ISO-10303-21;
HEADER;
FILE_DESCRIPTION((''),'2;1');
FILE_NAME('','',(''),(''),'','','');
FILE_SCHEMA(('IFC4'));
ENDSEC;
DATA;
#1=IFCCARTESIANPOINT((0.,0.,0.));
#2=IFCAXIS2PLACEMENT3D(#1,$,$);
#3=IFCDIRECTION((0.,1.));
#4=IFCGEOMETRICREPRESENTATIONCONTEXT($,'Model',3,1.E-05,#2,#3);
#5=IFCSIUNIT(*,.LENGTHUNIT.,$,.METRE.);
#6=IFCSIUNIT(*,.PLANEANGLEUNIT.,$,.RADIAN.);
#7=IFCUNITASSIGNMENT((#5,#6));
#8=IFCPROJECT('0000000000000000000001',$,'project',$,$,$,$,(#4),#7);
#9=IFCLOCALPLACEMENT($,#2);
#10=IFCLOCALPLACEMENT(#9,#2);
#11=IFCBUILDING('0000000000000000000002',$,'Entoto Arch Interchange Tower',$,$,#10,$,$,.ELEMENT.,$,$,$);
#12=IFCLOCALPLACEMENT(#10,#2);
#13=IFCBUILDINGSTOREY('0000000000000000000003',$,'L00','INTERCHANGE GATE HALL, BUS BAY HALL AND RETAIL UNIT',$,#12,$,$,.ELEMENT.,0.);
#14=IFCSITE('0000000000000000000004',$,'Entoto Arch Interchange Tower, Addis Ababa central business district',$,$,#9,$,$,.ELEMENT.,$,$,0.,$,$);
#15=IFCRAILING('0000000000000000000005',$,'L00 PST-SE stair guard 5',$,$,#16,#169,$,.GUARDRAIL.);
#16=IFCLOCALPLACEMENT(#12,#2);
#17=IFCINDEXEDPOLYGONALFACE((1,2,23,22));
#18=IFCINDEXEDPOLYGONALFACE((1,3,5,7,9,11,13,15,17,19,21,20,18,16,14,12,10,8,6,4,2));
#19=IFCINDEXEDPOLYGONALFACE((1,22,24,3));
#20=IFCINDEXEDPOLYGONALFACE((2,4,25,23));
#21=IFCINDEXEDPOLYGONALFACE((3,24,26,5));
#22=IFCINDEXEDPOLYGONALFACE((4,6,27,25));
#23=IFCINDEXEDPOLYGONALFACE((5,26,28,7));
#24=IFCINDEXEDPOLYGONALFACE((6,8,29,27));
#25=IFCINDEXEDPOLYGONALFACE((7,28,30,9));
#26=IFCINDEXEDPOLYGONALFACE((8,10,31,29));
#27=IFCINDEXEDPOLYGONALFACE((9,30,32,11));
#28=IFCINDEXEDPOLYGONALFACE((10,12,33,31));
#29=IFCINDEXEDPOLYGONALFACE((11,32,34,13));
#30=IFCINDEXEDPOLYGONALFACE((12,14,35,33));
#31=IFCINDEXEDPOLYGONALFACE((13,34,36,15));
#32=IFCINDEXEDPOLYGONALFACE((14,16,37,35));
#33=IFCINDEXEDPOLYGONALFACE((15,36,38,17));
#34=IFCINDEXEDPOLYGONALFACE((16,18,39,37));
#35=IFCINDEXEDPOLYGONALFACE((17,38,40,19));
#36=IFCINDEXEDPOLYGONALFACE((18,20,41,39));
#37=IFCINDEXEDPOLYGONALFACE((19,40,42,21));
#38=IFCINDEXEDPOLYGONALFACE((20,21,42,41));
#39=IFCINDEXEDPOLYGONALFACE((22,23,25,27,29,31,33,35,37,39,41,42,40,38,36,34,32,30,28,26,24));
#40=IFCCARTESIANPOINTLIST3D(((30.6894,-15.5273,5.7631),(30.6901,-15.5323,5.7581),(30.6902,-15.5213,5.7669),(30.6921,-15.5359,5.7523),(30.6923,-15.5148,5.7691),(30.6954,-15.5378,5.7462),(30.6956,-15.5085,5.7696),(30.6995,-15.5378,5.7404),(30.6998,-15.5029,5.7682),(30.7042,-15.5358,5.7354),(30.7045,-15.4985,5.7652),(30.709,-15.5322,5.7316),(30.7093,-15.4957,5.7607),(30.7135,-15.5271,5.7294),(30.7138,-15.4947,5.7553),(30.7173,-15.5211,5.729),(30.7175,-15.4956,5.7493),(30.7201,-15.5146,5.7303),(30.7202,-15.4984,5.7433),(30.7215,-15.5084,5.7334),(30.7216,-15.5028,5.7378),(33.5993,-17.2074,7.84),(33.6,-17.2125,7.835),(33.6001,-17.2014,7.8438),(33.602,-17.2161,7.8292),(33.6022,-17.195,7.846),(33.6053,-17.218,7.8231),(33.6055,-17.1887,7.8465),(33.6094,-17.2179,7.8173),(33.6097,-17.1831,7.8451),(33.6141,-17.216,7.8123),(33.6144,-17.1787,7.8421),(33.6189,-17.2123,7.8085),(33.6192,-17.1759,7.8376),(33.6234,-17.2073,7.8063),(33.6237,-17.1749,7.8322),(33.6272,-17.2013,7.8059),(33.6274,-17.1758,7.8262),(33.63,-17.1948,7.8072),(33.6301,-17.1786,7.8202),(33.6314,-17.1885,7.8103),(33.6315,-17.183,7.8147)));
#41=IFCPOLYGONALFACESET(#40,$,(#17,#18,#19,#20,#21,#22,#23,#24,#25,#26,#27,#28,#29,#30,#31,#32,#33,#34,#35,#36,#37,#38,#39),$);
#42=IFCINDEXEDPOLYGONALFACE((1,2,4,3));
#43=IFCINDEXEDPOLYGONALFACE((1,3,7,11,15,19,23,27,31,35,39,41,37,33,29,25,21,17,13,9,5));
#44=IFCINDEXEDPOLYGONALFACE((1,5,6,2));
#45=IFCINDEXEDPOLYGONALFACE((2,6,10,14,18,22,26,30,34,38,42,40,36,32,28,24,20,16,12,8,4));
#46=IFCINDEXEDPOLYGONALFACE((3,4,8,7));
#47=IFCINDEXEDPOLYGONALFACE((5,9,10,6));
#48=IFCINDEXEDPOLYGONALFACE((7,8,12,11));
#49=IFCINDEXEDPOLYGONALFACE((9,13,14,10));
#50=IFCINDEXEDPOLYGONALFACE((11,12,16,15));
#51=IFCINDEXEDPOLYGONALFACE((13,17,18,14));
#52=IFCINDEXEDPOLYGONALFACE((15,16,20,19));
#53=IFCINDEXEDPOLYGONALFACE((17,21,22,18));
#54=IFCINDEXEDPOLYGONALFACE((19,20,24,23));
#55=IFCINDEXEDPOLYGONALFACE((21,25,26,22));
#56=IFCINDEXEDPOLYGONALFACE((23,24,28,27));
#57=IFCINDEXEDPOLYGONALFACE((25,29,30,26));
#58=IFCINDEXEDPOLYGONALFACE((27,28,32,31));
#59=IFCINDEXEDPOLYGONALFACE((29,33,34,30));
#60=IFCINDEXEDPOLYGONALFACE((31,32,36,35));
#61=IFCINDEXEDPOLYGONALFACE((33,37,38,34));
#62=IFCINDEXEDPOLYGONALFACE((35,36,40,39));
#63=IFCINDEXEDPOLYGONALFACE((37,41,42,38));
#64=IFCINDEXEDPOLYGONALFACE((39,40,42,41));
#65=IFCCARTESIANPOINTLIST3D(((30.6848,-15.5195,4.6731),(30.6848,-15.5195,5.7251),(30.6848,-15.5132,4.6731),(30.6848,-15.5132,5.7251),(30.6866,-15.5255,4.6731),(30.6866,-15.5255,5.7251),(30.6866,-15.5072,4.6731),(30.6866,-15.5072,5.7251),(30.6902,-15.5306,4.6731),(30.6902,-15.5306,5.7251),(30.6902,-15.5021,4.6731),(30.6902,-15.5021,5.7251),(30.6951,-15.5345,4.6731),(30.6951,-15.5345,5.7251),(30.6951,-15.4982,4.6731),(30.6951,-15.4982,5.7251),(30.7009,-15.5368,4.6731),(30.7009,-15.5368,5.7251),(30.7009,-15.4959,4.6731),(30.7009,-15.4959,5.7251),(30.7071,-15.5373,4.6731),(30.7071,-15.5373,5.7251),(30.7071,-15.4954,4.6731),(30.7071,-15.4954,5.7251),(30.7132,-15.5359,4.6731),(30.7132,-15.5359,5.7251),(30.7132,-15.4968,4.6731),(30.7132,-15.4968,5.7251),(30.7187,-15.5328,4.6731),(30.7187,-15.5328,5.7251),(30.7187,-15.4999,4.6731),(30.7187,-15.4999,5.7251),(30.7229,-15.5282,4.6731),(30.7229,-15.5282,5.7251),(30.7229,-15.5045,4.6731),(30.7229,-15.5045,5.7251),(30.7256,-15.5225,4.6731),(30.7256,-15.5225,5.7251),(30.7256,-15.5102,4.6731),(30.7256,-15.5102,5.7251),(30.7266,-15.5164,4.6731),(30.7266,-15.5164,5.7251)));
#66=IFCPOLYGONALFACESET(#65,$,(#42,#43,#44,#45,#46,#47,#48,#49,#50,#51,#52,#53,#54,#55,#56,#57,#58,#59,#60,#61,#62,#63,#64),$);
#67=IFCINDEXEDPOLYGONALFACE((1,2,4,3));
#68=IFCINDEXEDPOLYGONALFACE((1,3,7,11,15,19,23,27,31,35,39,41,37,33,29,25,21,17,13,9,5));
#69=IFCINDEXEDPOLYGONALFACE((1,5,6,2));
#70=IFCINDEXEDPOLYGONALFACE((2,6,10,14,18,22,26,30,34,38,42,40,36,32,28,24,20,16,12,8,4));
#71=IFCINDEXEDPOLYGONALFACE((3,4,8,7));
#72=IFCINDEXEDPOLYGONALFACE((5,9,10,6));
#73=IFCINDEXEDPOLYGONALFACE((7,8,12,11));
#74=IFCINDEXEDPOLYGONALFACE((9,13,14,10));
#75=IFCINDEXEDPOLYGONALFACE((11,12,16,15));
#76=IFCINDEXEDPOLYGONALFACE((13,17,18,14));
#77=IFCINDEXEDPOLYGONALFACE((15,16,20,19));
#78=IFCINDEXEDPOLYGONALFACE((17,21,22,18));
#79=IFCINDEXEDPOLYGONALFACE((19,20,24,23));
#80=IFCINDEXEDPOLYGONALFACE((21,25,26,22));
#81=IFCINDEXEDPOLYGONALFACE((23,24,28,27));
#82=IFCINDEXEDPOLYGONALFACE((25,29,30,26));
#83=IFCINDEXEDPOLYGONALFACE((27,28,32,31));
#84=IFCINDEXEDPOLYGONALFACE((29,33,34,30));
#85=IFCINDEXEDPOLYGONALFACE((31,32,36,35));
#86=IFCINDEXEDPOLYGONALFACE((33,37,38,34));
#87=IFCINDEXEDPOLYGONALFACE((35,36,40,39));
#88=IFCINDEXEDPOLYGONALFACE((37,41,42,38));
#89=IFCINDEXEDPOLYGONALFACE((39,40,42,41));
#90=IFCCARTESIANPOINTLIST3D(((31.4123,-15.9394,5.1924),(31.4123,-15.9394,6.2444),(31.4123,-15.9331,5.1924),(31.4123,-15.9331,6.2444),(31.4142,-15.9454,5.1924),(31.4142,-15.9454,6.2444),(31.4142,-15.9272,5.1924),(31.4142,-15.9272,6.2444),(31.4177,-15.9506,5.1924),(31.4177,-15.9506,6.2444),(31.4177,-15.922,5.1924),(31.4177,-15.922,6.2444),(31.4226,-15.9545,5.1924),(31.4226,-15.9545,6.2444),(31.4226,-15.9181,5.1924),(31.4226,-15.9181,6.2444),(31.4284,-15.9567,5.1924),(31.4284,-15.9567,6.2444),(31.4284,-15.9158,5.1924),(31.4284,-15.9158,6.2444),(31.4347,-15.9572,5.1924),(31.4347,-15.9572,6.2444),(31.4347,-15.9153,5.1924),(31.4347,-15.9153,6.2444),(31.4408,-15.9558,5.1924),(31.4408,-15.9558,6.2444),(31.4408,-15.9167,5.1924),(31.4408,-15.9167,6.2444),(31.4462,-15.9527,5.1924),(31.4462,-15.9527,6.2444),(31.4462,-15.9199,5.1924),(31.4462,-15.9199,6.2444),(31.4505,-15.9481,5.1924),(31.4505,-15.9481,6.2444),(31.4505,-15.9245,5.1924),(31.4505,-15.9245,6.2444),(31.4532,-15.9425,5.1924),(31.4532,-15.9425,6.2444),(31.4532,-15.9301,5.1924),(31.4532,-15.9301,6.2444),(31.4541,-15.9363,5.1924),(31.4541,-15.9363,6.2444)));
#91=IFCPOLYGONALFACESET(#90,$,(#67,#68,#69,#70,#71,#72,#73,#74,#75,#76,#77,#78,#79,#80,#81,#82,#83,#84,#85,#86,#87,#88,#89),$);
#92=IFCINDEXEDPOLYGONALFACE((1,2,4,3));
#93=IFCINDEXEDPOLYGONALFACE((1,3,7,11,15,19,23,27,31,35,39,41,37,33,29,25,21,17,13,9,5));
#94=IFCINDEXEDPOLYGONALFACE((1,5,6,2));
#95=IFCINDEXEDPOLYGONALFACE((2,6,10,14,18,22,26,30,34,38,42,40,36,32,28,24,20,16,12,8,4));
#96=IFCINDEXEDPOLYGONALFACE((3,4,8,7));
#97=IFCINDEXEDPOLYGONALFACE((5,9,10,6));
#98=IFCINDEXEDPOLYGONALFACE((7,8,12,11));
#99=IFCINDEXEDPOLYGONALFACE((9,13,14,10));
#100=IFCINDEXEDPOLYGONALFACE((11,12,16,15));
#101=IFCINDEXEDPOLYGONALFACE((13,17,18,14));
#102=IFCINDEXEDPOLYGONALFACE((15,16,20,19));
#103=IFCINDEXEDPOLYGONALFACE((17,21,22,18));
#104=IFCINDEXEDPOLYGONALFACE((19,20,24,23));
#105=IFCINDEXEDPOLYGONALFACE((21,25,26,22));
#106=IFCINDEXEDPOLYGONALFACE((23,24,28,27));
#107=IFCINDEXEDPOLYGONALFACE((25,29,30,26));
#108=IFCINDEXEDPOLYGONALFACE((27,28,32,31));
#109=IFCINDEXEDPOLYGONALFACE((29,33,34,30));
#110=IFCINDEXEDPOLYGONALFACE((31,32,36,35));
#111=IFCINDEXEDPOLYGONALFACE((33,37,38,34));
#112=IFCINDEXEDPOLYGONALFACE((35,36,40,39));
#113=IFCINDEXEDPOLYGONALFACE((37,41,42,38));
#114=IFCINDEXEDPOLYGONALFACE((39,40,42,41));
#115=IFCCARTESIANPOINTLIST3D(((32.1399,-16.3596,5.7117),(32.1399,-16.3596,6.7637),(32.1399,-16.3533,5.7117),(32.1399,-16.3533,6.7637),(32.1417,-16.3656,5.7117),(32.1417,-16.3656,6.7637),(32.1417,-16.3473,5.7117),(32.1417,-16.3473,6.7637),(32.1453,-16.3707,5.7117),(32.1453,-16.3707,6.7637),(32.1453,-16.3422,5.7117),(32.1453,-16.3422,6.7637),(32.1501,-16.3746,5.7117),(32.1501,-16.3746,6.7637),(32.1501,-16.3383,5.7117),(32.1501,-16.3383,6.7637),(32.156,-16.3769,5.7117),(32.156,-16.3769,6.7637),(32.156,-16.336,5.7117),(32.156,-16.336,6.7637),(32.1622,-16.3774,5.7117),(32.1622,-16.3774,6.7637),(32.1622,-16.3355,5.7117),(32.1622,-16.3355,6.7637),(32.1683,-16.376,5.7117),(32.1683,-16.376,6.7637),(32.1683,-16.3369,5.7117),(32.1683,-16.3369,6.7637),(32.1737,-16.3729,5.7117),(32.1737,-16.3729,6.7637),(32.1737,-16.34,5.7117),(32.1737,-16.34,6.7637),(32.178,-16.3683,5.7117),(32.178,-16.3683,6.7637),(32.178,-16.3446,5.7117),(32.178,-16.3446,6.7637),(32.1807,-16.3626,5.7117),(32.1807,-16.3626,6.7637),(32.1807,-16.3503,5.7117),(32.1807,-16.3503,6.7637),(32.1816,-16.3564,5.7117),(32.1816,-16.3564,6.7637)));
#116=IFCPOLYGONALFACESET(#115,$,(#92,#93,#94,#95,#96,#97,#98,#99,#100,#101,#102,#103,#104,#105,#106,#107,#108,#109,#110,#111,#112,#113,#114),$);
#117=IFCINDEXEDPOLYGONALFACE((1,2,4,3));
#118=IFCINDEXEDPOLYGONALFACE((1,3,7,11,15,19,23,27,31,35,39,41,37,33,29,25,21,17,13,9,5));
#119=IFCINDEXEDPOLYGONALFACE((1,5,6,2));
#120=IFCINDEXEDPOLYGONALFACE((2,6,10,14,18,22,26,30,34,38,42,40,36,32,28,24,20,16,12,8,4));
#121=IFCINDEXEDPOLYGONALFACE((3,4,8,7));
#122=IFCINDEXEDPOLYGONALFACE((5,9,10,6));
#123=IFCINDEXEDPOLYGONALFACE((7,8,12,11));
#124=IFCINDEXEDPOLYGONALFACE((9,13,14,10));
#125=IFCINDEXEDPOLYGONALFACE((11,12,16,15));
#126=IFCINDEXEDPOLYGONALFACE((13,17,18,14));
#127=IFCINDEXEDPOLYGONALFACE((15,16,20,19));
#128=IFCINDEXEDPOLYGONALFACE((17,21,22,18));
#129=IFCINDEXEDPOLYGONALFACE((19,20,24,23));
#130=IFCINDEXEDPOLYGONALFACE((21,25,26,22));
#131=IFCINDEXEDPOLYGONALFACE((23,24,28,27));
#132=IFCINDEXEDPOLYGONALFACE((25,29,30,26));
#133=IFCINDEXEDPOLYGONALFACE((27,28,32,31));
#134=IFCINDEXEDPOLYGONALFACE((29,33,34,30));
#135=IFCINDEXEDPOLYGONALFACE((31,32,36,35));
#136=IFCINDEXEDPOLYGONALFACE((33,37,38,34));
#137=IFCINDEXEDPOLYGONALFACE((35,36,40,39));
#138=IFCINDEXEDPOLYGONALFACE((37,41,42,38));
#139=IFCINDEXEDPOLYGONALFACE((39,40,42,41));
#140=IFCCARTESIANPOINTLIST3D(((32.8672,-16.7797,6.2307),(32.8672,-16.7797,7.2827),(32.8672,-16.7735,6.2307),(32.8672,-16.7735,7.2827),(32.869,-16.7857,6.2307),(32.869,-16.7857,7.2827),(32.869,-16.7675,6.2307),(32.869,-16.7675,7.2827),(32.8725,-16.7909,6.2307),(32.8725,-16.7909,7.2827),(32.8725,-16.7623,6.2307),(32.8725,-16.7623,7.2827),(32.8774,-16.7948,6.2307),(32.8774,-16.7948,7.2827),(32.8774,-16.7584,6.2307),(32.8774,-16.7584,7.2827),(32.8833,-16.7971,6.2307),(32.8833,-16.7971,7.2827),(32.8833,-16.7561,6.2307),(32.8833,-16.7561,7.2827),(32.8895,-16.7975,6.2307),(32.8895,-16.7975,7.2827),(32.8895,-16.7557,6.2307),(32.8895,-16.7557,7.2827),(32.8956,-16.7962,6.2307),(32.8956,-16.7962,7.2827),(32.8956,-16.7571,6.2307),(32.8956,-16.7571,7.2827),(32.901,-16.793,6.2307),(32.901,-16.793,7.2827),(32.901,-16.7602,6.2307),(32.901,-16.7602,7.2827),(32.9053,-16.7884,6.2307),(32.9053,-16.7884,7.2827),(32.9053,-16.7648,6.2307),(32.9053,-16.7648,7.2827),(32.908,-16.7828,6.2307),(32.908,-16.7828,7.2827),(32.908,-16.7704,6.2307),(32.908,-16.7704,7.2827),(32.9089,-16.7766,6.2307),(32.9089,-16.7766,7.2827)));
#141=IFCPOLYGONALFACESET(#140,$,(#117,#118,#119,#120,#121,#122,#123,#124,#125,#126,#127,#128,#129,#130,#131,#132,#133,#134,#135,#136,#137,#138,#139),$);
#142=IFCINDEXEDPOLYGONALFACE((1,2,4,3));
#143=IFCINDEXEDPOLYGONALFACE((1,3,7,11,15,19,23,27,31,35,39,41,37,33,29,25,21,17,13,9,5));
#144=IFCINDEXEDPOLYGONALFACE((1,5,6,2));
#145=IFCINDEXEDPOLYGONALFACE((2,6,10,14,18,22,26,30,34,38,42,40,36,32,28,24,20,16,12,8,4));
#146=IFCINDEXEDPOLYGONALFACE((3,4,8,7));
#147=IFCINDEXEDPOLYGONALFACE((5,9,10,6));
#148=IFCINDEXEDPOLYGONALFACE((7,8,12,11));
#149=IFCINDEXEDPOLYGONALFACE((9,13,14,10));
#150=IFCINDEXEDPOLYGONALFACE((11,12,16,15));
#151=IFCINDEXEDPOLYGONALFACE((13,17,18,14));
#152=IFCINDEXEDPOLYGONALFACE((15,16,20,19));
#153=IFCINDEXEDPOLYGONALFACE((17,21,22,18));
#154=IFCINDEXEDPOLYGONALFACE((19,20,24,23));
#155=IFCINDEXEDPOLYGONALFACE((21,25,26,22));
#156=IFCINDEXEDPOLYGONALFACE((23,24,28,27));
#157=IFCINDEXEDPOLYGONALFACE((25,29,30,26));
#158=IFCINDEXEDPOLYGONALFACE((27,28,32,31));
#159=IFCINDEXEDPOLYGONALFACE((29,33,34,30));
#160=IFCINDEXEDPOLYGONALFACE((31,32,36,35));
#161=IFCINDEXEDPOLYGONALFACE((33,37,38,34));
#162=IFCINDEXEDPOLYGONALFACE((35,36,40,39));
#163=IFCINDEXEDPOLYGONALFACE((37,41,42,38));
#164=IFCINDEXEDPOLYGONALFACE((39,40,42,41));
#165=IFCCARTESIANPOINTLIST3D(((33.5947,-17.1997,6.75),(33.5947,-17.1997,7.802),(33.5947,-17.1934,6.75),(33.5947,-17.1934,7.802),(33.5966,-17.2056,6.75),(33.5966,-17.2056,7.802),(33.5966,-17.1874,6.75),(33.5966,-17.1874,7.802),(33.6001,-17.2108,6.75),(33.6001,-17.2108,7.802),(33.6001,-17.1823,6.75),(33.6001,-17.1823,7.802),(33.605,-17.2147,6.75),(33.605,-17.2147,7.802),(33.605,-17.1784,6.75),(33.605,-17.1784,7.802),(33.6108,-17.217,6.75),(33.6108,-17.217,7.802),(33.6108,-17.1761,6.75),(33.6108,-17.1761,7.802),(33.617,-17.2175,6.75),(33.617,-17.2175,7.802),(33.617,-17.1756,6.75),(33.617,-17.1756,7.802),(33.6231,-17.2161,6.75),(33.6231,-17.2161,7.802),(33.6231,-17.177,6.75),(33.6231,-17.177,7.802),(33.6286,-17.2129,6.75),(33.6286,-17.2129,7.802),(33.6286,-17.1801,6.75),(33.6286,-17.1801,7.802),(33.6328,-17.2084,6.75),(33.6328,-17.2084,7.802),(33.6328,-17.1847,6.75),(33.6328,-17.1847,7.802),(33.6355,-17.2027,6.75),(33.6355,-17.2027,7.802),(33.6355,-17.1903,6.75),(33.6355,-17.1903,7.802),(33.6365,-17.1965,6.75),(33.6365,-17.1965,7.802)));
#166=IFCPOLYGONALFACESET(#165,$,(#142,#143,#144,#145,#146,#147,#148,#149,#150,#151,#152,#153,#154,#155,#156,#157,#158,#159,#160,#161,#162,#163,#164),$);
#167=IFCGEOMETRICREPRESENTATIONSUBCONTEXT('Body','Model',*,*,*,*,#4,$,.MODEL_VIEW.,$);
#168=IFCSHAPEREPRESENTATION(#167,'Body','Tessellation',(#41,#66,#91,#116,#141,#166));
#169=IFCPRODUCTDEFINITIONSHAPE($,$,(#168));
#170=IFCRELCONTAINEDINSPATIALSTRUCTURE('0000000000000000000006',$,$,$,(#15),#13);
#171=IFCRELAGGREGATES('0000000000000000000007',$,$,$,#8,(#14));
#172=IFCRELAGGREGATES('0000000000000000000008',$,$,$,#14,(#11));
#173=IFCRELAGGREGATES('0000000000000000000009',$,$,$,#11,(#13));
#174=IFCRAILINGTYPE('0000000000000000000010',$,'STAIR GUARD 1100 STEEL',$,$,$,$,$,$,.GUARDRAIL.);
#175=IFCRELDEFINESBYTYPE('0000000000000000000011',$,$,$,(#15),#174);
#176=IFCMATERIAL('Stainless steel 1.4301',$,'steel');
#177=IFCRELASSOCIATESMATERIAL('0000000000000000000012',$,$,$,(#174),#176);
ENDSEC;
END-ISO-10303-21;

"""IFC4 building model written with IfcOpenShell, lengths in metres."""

from ifc_helpers import new_model, si_unit, direction, frame, origin, origin_2d, place, context, subcontext, project, spatial, circle, extrude, material, type_object, element, save


model = new_model("IFC4")

# Units and contexts
model_context = context("Model", 3, precision=1e-05, world=origin(), true_north=direction((0.0, 1.0)))
body_context = subcontext(model_context, "Body", "Model", "MODEL_VIEW")
ifc_project = project(units=[si_unit("LENGTHUNIT", "METRE"), si_unit("PLANEANGLEUNIT", "RADIAN")], contexts=[model_context])

# Site, building, storey
site_placement = place(None, origin())
site = spatial("IfcSite", under=ifc_project, at=site_placement, Name="Entoto Arch Interchange Tower, Addis Ababa central business district", CompositionType="ELEMENT", RefElevation=0.0)
building_placement = place(site_placement, origin())
building = spatial("IfcBuilding", under=site, at=building_placement, Name="Entoto Arch Interchange Tower", CompositionType="ELEMENT")
storey_placement = place(building_placement, origin())
storey = spatial("IfcBuildingStorey", under=building, at=storey_placement, Name="L00", Description="INTERCHANGE GATE HALL, BUS BAY HALL AND RETAIL UNIT", CompositionType="ELEMENT", Elevation=0.0)

# Railing
ifc_material_1 = material(Name="Stainless steel 1.4301", Category="steel")
railing_type_1 = type_object("IfcRailingType", Name="STAIR GUARD 1100 STEEL", PredefinedType="GUARDRAIL", material=ifc_material_1)
railing_1_placement = place(storey_placement, frame((30.7056, -15.5164, 4.6731)))
element("IfcRailing", 1, at=railing_1_placement, inside=storey, type_object=railing_type_1, Name="L00 PST-SE stair guard 5", PredefinedType="GUARDRAIL", context=body_context, shape_type="SweptSolid", body=[
    extrude(circle(Radius=0.0239, at=origin_2d()), frame((0.0, 0.0, 1.0762), z_axis=(0.736649, -0.425339, 0.525771), x_axis=(0.500031, 0.866008, 0.0)), (0.0, 0.0, 1.0), 3.9502),
    extrude(circle(Radius=0.021, at=origin_2d()), origin(), (0.0, 0.0, 1.0), 1.052),
    extrude(circle(Radius=0.021, at=origin_2d()), frame((0.7275, -0.4199, 0.5193)), (0.0, 0.0, 1.0), 1.052),
    extrude(circle(Radius=0.021, at=origin_2d()), frame((1.4551, -0.8401, 1.0386)), (0.0, 0.0, 1.0), 1.052),
    extrude(circle(Radius=0.021, at=origin_2d()), frame((2.1824, -1.2603, 1.5576)), (0.0, 0.0, 1.0), 1.052),
    extrude(circle(Radius=0.021, at=origin_2d()), frame((2.9099, -1.6802, 2.0769)), (0.0, 0.0, 1.0), 1.052),
])

save(model, "model.ifc")
